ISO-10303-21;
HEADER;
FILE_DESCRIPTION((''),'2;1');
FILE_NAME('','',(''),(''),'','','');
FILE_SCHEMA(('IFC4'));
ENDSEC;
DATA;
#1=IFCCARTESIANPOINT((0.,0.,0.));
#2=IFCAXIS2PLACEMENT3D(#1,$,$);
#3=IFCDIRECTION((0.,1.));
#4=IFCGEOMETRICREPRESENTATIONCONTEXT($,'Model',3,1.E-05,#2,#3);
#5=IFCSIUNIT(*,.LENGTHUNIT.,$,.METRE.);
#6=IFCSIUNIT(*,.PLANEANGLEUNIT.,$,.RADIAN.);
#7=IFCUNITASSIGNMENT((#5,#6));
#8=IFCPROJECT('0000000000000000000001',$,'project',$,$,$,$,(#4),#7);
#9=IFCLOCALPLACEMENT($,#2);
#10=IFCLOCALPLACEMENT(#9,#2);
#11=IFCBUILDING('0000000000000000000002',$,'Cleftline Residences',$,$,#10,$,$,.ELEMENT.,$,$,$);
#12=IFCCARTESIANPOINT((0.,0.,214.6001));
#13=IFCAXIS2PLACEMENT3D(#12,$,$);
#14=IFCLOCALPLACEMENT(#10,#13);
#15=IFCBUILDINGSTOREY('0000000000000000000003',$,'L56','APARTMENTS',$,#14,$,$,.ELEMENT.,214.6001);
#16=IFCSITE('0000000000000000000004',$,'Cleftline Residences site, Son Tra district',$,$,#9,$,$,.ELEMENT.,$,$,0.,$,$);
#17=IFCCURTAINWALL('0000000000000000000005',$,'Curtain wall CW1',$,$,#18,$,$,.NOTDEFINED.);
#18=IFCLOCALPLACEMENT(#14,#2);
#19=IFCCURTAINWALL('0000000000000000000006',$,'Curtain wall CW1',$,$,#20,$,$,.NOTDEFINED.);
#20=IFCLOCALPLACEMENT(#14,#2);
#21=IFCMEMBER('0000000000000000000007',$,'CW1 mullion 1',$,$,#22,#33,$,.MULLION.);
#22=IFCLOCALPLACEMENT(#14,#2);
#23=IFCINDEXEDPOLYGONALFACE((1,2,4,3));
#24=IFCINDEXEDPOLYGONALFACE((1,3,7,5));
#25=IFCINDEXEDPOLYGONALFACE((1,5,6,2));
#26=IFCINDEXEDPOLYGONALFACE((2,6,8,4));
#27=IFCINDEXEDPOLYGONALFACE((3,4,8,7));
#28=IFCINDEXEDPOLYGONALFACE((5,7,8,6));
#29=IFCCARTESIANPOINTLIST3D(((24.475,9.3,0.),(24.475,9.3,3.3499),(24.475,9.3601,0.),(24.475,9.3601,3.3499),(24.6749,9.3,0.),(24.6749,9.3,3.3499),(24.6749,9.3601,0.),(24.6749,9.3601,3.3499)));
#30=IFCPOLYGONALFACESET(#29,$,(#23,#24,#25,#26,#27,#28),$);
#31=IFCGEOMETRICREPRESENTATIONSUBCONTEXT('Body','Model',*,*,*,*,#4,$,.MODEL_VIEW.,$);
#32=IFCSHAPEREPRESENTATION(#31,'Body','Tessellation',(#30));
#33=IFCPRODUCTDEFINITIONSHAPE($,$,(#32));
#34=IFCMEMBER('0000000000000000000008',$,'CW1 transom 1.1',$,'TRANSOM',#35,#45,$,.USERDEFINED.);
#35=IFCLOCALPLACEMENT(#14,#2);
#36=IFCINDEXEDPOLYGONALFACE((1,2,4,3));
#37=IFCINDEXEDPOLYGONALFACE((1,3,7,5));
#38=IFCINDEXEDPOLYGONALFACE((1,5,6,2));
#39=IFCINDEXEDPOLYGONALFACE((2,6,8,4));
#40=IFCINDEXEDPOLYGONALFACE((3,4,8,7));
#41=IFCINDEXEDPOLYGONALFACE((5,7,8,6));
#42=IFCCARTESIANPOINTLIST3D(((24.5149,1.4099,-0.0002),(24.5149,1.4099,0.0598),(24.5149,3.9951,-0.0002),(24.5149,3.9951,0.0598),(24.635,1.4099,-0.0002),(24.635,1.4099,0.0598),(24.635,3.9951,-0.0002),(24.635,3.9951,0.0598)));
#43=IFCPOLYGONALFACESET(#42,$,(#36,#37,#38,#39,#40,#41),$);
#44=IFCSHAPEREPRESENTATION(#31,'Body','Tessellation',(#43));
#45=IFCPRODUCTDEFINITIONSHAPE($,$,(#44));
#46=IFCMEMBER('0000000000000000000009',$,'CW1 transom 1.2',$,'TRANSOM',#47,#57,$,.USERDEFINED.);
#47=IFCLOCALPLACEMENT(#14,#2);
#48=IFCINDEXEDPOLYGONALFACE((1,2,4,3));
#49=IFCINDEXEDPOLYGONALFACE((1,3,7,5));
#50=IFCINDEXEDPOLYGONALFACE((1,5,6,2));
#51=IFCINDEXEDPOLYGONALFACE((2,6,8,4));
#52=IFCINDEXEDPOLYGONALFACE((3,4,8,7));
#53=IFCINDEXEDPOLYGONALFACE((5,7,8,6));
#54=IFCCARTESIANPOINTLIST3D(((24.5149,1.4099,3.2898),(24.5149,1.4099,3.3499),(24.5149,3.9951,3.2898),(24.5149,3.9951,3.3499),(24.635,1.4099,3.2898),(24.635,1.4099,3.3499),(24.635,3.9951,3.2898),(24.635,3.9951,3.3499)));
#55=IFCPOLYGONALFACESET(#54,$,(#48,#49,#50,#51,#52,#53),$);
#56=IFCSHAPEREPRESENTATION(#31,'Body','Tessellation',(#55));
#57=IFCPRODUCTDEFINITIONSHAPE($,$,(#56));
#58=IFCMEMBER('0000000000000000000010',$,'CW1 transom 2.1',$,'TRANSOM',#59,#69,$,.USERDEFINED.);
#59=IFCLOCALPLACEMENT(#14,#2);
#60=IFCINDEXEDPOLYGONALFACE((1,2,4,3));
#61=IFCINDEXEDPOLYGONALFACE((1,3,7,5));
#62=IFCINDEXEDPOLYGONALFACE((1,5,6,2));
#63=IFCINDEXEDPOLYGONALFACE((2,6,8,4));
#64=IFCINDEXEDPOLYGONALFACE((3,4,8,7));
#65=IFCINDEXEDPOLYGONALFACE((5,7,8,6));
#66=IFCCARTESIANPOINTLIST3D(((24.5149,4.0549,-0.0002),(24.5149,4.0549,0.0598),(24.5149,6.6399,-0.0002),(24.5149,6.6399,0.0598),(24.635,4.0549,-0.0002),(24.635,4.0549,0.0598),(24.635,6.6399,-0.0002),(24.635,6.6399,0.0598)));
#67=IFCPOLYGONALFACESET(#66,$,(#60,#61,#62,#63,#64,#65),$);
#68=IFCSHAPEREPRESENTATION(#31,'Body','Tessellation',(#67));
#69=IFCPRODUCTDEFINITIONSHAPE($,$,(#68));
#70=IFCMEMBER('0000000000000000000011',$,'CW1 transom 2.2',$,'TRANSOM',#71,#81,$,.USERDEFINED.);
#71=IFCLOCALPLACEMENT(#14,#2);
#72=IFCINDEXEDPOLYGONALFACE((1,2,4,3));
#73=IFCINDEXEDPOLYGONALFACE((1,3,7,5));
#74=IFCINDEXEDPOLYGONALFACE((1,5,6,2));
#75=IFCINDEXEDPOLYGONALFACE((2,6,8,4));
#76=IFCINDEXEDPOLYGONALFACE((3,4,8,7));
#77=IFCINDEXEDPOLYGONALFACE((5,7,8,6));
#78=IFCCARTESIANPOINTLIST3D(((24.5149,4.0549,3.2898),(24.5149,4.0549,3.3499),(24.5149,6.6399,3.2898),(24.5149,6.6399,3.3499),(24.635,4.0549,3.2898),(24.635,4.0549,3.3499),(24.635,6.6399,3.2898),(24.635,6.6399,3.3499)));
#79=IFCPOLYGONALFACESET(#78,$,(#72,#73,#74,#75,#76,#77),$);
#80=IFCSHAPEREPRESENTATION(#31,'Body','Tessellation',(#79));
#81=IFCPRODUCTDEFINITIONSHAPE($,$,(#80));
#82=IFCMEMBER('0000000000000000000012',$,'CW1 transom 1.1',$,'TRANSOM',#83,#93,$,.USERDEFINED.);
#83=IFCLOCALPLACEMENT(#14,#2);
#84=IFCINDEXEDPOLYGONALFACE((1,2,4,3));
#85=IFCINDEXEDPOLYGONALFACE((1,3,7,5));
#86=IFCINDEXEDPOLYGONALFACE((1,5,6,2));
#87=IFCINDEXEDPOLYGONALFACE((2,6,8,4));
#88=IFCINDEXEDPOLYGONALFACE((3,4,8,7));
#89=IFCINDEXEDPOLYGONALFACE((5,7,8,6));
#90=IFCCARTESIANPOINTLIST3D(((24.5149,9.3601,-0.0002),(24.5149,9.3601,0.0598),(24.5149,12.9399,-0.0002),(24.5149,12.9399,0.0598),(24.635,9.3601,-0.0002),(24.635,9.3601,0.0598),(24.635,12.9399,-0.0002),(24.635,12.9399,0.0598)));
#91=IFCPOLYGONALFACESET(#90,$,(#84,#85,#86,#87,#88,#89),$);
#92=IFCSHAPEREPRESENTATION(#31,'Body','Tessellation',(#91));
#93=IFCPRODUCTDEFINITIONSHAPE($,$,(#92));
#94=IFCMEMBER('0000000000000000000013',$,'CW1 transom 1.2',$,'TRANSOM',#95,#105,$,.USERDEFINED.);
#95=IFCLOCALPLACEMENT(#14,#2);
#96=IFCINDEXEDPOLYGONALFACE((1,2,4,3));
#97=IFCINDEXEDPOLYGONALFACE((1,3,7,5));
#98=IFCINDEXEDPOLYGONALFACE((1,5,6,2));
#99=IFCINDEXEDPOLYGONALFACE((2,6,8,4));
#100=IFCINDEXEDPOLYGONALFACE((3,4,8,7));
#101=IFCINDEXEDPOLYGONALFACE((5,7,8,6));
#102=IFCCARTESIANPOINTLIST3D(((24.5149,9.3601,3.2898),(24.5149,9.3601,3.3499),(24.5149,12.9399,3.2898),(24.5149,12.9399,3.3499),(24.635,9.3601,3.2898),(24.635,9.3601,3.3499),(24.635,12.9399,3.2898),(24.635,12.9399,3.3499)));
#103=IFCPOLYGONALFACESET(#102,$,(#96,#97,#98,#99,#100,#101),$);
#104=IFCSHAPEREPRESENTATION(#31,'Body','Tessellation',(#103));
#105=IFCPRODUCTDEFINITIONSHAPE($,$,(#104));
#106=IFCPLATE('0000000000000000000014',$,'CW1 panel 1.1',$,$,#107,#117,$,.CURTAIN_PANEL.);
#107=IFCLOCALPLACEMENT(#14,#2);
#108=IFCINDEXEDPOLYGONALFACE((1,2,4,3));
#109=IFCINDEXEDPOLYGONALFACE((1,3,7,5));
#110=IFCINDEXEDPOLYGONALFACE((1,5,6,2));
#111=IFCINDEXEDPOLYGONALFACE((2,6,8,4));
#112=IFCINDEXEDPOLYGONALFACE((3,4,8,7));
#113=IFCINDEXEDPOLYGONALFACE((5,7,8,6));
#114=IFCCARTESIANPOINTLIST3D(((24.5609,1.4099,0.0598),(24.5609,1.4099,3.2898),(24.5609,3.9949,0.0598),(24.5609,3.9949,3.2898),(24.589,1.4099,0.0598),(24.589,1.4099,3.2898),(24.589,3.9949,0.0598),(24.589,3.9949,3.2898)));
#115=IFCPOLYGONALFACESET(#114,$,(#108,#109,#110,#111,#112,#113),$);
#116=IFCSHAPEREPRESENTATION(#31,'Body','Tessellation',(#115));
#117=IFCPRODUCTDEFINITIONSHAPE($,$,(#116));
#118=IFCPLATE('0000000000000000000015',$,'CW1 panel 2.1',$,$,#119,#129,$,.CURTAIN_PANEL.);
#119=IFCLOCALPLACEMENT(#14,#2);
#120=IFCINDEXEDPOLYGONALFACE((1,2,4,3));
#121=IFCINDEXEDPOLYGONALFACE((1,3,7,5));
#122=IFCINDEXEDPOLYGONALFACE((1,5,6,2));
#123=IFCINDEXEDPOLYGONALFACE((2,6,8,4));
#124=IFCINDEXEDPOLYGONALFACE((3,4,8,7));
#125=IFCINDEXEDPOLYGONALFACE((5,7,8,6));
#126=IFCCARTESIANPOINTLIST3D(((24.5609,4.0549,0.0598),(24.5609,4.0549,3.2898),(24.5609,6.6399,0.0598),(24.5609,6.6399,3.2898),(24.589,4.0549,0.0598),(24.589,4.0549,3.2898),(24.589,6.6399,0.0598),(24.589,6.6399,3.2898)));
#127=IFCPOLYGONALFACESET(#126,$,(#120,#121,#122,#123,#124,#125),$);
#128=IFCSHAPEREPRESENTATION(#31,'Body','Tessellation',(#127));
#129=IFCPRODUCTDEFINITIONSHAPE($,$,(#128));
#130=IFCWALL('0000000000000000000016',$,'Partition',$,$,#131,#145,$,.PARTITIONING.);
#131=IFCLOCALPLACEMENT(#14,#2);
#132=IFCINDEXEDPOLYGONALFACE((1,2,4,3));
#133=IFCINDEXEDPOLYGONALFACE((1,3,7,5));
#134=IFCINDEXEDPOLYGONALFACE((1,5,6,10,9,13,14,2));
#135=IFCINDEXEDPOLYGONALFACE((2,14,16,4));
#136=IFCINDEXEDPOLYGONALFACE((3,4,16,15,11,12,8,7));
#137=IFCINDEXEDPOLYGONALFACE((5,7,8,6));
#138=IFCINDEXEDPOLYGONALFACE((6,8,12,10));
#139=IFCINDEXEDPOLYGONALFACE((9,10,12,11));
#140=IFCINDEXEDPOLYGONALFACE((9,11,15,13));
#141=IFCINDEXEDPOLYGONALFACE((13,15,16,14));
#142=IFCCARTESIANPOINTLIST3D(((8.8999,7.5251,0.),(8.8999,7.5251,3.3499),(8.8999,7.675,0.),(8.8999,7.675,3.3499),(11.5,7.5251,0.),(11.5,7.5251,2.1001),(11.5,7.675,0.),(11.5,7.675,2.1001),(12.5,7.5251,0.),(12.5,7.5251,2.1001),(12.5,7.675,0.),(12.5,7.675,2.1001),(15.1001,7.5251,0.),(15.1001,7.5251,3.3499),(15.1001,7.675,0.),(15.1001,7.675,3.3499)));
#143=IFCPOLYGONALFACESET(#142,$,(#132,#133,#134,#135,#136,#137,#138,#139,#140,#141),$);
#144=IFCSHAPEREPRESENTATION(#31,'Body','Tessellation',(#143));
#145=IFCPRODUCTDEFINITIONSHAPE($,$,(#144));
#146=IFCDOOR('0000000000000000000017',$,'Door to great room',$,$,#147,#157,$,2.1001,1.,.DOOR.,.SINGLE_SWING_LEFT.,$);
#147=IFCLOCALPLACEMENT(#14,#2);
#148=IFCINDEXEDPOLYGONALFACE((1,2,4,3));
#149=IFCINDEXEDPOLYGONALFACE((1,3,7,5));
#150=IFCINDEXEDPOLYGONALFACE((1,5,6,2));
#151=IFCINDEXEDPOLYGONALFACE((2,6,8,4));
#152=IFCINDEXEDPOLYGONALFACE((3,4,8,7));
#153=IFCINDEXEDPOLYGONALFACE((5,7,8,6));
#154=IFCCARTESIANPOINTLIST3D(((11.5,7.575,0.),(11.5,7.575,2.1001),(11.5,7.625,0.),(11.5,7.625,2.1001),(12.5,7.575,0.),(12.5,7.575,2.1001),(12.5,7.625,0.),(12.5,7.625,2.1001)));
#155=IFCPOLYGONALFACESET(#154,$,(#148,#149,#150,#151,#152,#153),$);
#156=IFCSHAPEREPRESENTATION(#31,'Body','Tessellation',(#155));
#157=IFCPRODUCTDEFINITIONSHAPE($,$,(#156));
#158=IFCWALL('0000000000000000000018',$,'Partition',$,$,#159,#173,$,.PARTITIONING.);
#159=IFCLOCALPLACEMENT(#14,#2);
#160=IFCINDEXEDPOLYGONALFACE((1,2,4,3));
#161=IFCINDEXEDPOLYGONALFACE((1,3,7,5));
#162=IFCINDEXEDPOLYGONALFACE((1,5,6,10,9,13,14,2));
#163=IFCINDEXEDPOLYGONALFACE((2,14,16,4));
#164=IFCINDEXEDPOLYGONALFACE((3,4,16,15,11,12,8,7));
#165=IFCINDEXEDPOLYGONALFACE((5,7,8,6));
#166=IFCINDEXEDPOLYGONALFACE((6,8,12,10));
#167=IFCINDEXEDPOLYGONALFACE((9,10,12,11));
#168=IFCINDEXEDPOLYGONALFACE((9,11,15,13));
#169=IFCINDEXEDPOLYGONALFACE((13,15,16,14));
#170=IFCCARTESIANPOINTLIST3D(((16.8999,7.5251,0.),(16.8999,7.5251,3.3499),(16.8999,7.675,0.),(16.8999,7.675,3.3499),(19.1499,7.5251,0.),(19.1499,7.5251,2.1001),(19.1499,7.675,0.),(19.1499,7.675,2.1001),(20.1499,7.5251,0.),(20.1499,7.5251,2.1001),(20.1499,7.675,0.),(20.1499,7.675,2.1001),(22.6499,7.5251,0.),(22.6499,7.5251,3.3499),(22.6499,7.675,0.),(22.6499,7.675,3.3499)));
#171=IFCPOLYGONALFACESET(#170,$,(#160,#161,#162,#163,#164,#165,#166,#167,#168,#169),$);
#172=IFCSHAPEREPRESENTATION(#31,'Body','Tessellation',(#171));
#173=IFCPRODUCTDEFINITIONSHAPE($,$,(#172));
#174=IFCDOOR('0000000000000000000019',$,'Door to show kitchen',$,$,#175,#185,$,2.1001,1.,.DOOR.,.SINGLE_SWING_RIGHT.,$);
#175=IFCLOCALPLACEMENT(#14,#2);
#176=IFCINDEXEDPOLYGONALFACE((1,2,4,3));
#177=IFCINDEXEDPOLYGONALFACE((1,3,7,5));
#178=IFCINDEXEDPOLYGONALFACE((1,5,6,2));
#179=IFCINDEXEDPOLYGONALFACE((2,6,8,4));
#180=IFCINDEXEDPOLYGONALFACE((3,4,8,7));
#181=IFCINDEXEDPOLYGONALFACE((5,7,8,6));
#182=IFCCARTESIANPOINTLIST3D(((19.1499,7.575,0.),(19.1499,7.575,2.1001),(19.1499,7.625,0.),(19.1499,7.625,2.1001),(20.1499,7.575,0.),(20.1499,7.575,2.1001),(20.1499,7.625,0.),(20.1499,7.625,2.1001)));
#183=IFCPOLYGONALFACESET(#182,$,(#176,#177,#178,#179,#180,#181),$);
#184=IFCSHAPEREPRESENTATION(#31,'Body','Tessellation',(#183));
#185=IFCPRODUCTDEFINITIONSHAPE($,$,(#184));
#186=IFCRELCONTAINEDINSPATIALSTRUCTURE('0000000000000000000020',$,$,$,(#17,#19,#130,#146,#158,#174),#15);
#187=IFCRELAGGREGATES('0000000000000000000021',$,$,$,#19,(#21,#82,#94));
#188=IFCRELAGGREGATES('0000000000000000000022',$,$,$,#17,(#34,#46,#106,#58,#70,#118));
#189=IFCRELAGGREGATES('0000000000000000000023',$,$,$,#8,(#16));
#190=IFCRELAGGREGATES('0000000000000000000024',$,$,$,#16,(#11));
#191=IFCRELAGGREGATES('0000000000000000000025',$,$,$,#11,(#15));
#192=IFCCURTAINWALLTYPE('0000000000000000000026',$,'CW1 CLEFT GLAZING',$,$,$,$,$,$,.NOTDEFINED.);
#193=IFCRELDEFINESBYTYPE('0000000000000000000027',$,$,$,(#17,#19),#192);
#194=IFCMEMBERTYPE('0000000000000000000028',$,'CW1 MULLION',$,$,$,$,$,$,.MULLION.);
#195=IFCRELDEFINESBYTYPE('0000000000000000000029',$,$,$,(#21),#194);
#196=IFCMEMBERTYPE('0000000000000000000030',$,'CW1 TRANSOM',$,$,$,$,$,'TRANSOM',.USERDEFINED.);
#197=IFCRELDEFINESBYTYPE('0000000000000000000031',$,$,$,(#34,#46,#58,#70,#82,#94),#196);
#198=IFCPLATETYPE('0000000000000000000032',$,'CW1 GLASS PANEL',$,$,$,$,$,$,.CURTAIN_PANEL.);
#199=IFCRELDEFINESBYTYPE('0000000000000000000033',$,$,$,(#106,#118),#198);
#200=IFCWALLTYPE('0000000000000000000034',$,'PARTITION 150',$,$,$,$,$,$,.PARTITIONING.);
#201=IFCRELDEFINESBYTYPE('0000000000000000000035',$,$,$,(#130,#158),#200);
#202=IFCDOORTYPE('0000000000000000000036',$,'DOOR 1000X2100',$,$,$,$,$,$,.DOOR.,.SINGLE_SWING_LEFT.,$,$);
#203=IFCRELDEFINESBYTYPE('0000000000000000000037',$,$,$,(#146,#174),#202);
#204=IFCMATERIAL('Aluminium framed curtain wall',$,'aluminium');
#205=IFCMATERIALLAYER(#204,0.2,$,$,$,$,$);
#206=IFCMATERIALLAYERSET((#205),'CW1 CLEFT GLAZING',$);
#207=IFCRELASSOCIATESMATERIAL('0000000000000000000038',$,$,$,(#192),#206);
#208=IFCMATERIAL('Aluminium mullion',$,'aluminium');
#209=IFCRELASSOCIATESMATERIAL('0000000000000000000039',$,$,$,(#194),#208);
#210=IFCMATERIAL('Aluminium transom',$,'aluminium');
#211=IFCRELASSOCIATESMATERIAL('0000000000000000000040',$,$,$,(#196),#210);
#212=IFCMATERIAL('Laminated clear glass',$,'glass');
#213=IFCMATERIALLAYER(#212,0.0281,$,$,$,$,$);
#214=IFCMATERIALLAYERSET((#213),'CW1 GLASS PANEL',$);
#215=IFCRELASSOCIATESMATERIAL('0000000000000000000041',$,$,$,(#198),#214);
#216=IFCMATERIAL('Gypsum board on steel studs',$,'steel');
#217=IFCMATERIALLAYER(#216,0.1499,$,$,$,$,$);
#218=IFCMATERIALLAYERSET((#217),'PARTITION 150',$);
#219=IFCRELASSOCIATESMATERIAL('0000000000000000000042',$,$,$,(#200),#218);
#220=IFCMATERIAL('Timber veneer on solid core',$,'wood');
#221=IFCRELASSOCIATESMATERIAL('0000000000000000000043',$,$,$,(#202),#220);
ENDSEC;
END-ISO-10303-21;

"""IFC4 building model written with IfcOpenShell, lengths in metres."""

from ifc_helpers import new_model, si_unit, direction, frame, frame_2d, origin, origin_2d, place, context, subcontext, project, spatial, rectangle, extrude, material, layer, layer_set, material_profile, profile_set, type_object, element, fill, aggregate, save


model = new_model("IFC4")

# Units and contexts
model_context = context("Model", 3, precision=1e-05, world=origin(), true_north=direction((0.0, 1.0)))
body_context = subcontext(model_context, "Body", "Model", "MODEL_VIEW")
ifc_project = project(units=[si_unit("LENGTHUNIT", "METRE"), si_unit("PLANEANGLEUNIT", "RADIAN")], contexts=[model_context])

# Site, building, storey
site_placement = place(None, origin())
site = spatial("IfcSite", under=ifc_project, at=site_placement, Name="Cleftline Residences site, Son Tra district", CompositionType="ELEMENT", RefElevation=0.0)
building_placement = place(site_placement, origin())
building = spatial("IfcBuilding", under=site, at=building_placement, Name="Cleftline Residences", CompositionType="ELEMENT")
storey_placement = place(building_placement, frame((0.0, 0.0, 214.6001)))
storey = spatial("IfcBuildingStorey", under=building, at=storey_placement, Name="L56", Description="APARTMENTS", CompositionType="ELEMENT", Elevation=214.6001)

# Curtain wall
ifc_material_1 = material(Name="Aluminium framed curtain wall", Category="aluminium")
ifc_layer_1 = layer(ifc_material_1, 0.2)
ifc_layer_set_1 = layer_set([ifc_layer_1], Name="CW1 CLEFT GLAZING")
curtain_wall_type = type_object("IfcCurtainWallType", Name="CW1 CLEFT GLAZING", PredefinedType="NOTDEFINED", material=ifc_layer_set_1)
curtain_wall_1_placement = place(storey_placement, origin())
curtain_wall_1 = element("IfcCurtainWall", 1, at=curtain_wall_1_placement, inside=storey, type_object=curtain_wall_type, Name="Curtain wall CW1", PredefinedType="NOTDEFINED")
ifc_material_2 = material(Name="Aluminium mullion", Category="aluminium")
ifc_material_profile_1 = material_profile(ifc_material_2, rectangle(XDim=0.2, YDim=0.0601, at=origin_2d()))
ifc_profile_set_1 = profile_set([ifc_material_profile_1], Name="Aluminium mullion")
member_type_1 = type_object("IfcMemberType", Name="CW1 MULLION", PredefinedType="MULLION", material=ifc_profile_set_1)

# Curtain wall, member
curtain_wall_2_placement = place(storey_placement, origin())
curtain_wall_2 = element("IfcCurtainWall", 2, at=curtain_wall_2_placement, inside=storey, type_object=curtain_wall_type, Name="Curtain wall CW1", PredefinedType="NOTDEFINED")
member_1_placement = place(storey_placement, frame((24.575, 9.3301, 0.0), z_axis=(0.0, 0.0, 1.0), x_axis=(-1.0, 0.0, 0.0)))
member_1 = element("IfcMember", 3, at=member_1_placement, type_object=member_type_1, Name="CW1 mullion 1", PredefinedType="MULLION", context=body_context, shape_type="SweptSolid", body=[
    extrude(rectangle(XDim=0.2, YDim=0.0601, at=origin_2d()), origin(), (0.0, 0.0, 1.0), 3.3499),
])

# Members
ifc_material_3 = material(Name="Aluminium transom", Category="aluminium")
ifc_material_profile_2 = material_profile(ifc_material_3, rectangle(XDim=0.1201, YDim=0.0601, at=origin_2d()))
ifc_profile_set_2 = profile_set([ifc_material_profile_2], Name="Aluminium transom")
member_type_2 = type_object("IfcMemberType", Name="CW1 TRANSOM", ElementType="TRANSOM", PredefinedType="USERDEFINED", material=ifc_profile_set_2)
member_2_placement = place(storey_placement, frame((24.575, 1.4099, 0.0298), z_axis=(0.0, 1.0, 0.0), x_axis=(-1.0, 0.0, 0.0)))
member_2 = element("IfcMember", 4, at=member_2_placement, type_object=member_type_2, Name="CW1 transom 1.1", ObjectType="TRANSOM", PredefinedType="USERDEFINED", context=body_context, shape_type="SweptSolid", body=[
    extrude(rectangle(XDim=0.1201, YDim=0.0601, at=origin_2d()), origin(), (0.0, 0.0, 1.0), 2.5852),
])
member_3_placement = place(storey_placement, frame((24.575, 1.4099, 3.3198), z_axis=(0.0, 1.0, 0.0), x_axis=(-1.0, 0.0, 0.0)))
member_3 = element("IfcMember", 5, at=member_3_placement, type_object=member_type_2, Name="CW1 transom 1.2", ObjectType="TRANSOM", PredefinedType="USERDEFINED", context=body_context, shape_type="SweptSolid", body=[
    extrude(rectangle(XDim=0.1201, YDim=0.0601, at=origin_2d()), origin(), (0.0, 0.0, 1.0), 2.5852),
])
member_4_placement = place(storey_placement, frame((24.575, 4.0549, 0.0298), z_axis=(0.0, 1.0, 0.0), x_axis=(-1.0, 0.0, 0.0)))
member_4 = element("IfcMember", 6, at=member_4_placement, type_object=member_type_2, Name="CW1 transom 2.1", ObjectType="TRANSOM", PredefinedType="USERDEFINED", context=body_context, shape_type="SweptSolid", body=[
    extrude(rectangle(XDim=0.1201, YDim=0.0601, at=origin_2d()), origin(), (0.0, 0.0, 1.0), 2.585),
])
member_5_placement = place(storey_placement, frame((24.575, 4.0549, 3.3198), z_axis=(0.0, 1.0, 0.0), x_axis=(-1.0, 0.0, 0.0)))
member_5 = element("IfcMember", 7, at=member_5_placement, type_object=member_type_2, Name="CW1 transom 2.2", ObjectType="TRANSOM", PredefinedType="USERDEFINED", context=body_context, shape_type="SweptSolid", body=[
    extrude(rectangle(XDim=0.1201, YDim=0.0601, at=origin_2d()), origin(), (0.0, 0.0, 1.0), 2.585),
])
member_6_placement = place(storey_placement, frame((24.575, 9.3601, 0.0298), z_axis=(0.0, 1.0, 0.0), x_axis=(-1.0, 0.0, 0.0)))
member_6 = element("IfcMember", 8, at=member_6_placement, type_object=member_type_2, Name="CW1 transom 1.1", ObjectType="TRANSOM", PredefinedType="USERDEFINED", context=body_context, shape_type="SweptSolid", body=[
    extrude(rectangle(XDim=0.1201, YDim=0.0601, at=origin_2d()), origin(), (0.0, 0.0, 1.0), 3.5798),
])
member_7_placement = place(storey_placement, frame((24.575, 9.3601, 3.3198), z_axis=(0.0, 1.0, 0.0), x_axis=(-1.0, 0.0, 0.0)))
member_7 = element("IfcMember", 9, at=member_7_placement, type_object=member_type_2, Name="CW1 transom 1.2", ObjectType="TRANSOM", PredefinedType="USERDEFINED", context=body_context, shape_type="SweptSolid", body=[
    extrude(rectangle(XDim=0.1201, YDim=0.0601, at=origin_2d()), origin(), (0.0, 0.0, 1.0), 3.5798),
])
aggregate(curtain_wall_2, [member_1, member_6, member_7])

# Plates
ifc_material_4 = material(Name="Laminated clear glass", Category="glass")
ifc_layer_2 = layer(ifc_material_4, 0.0281)
ifc_layer_set_2 = layer_set([ifc_layer_2], Name="CW1 GLASS PANEL")
plate_type = type_object("IfcPlateType", Name="CW1 GLASS PANEL", PredefinedType="CURTAIN_PANEL", material=ifc_layer_set_2)
plate_1_placement = place(storey_placement, frame((24.575, 2.7024, 0.0598), z_axis=(0.0, 0.0, 1.0), x_axis=(0.0, 1.0, 0.0)))
plate_1 = element("IfcPlate", 10, at=plate_1_placement, type_object=plate_type, Name="CW1 panel 1.1", PredefinedType="CURTAIN_PANEL", context=body_context, shape_type="SweptSolid", body=[
    extrude(rectangle(XDim=2.585, YDim=0.0281, at=origin_2d()), origin(), (0.0, 0.0, 1.0), 3.23),
])
plate_2_placement = place(storey_placement, frame((24.575, 5.3474, 0.0598), z_axis=(0.0, 0.0, 1.0), x_axis=(0.0, 1.0, 0.0)))
plate_2 = element("IfcPlate", 11, at=plate_2_placement, type_object=plate_type, Name="CW1 panel 2.1", PredefinedType="CURTAIN_PANEL", context=body_context, shape_type="SweptSolid", body=[
    extrude(rectangle(XDim=2.585, YDim=0.0281, at=origin_2d()), origin(), (0.0, 0.0, 1.0), 3.23),
])
aggregate(curtain_wall_1, [member_2, member_3, plate_1, member_4, member_5, plate_2])

# Walls, openings, doors
ifc_material_5 = material(Name="Gypsum board on steel studs", Category="steel")
ifc_layer_3 = layer(ifc_material_5, 0.1499)
ifc_layer_set_3 = layer_set([ifc_layer_3], Name="PARTITION 150")
wall_type = type_object("IfcWallType", Name="PARTITION 150", PredefinedType="PARTITIONING", material=ifc_layer_set_3)
wall_1_placement = place(storey_placement, frame((8.8999, 7.6001, 0.0), z_axis=(0.0, 0.0, 1.0), x_axis=(1.0, 0.0, 0.0)))
wall_1 = element("IfcWall", 12, at=wall_1_placement, inside=storey, type_object=wall_type, Name="Partition", PredefinedType="PARTITIONING", context=body_context, shape_type="SweptSolid", body=[
    extrude(rectangle(XDim=6.2002, YDim=0.1499, at=frame_2d((3.1001, 0.0))), origin(), (0.0, 0.0, 1.0), 3.3499),
])
opening_1_placement = place(wall_1_placement, frame((2.6001, 0.0, 0.0)))
opening_1 = element("IfcOpeningElement", 13, at=opening_1_placement, cuts=wall_1, PredefinedType="OPENING", context=body_context, shape_type="SweptSolid", body=[
    extrude(rectangle(XDim=1.0, YDim=2.1001, at=frame_2d((0.5, 1.05))), frame((0.0, 0.085, 0.0), z_axis=(0.0, -1.0, 0.0), x_axis=(1.0, 0.0, 0.0)), (0.0, 0.0, 1.0), 0.1699),
])
ifc_material_6 = material(Name="Timber veneer on solid core", Category="wood")
door_type_1 = type_object("IfcDoorType", Name="DOOR 1000X2100", OperationType="SINGLE_SWING_LEFT", PredefinedType="DOOR", material=ifc_material_6)
door_1_placement = place(opening_1_placement, origin())
door_1 = element("IfcDoor", 14, at=door_1_placement, inside=storey, type_object=door_type_1, Name="Door to great room", OperationType="SINGLE_SWING_LEFT", OverallHeight=2.1001, OverallWidth=1.0, PredefinedType="DOOR", context=body_context, shape_type="SweptSolid", body=[
    extrude(rectangle(XDim=1.0, YDim=2.1001, at=frame_2d((0.5, 1.05))), frame((0.0, 0.0249, 0.0), z_axis=(0.0, -1.0, 0.0), x_axis=(1.0, 0.0, 0.0)), (0.0, 0.0, 1.0), 0.05),
])
fill(opening_1, door_1)
wall_2_placement = place(storey_placement, frame((16.8999, 7.6001, 0.0), z_axis=(0.0, 0.0, 1.0), x_axis=(1.0, 0.0, 0.0)))
wall_2 = element("IfcWall", 15, at=wall_2_placement, inside=storey, type_object=wall_type, Name="Partition", PredefinedType="PARTITIONING", context=body_context, shape_type="SweptSolid", body=[
    extrude(rectangle(XDim=5.75, YDim=0.1499, at=frame_2d((2.875, 0.0))), origin(), (0.0, 0.0, 1.0), 3.3499),
])
opening_2_placement = place(wall_2_placement, frame((2.25, 0.0, 0.0)))
opening_2 = element("IfcOpeningElement", 16, at=opening_2_placement, cuts=wall_2, PredefinedType="OPENING", context=body_context, shape_type="SweptSolid", body=[
    extrude(rectangle(XDim=1.0, YDim=2.1001, at=frame_2d((0.5, 1.05))), frame((0.0, 0.085, 0.0), z_axis=(0.0, -1.0, 0.0), x_axis=(1.0, 0.0, 0.0)), (0.0, 0.0, 1.0), 0.1699),
])
door_2_placement = place(opening_2_placement, origin())
door_2 = element("IfcDoor", 17, at=door_2_placement, inside=storey, type_object=door_type_1, Name="Door to show kitchen", OperationType="SINGLE_SWING_RIGHT", OverallHeight=2.1001, OverallWidth=1.0, PredefinedType="DOOR", context=body_context, shape_type="SweptSolid", body=[
    extrude(rectangle(XDim=1.0, YDim=2.1001, at=frame_2d((0.5, 1.05))), frame((0.0, 0.0249, 0.0), z_axis=(0.0, -1.0, 0.0), x_axis=(1.0, 0.0, 0.0)), (0.0, 0.0, 1.0), 0.05),
])
fill(opening_2, door_2)

save(model, "model.ifc")
